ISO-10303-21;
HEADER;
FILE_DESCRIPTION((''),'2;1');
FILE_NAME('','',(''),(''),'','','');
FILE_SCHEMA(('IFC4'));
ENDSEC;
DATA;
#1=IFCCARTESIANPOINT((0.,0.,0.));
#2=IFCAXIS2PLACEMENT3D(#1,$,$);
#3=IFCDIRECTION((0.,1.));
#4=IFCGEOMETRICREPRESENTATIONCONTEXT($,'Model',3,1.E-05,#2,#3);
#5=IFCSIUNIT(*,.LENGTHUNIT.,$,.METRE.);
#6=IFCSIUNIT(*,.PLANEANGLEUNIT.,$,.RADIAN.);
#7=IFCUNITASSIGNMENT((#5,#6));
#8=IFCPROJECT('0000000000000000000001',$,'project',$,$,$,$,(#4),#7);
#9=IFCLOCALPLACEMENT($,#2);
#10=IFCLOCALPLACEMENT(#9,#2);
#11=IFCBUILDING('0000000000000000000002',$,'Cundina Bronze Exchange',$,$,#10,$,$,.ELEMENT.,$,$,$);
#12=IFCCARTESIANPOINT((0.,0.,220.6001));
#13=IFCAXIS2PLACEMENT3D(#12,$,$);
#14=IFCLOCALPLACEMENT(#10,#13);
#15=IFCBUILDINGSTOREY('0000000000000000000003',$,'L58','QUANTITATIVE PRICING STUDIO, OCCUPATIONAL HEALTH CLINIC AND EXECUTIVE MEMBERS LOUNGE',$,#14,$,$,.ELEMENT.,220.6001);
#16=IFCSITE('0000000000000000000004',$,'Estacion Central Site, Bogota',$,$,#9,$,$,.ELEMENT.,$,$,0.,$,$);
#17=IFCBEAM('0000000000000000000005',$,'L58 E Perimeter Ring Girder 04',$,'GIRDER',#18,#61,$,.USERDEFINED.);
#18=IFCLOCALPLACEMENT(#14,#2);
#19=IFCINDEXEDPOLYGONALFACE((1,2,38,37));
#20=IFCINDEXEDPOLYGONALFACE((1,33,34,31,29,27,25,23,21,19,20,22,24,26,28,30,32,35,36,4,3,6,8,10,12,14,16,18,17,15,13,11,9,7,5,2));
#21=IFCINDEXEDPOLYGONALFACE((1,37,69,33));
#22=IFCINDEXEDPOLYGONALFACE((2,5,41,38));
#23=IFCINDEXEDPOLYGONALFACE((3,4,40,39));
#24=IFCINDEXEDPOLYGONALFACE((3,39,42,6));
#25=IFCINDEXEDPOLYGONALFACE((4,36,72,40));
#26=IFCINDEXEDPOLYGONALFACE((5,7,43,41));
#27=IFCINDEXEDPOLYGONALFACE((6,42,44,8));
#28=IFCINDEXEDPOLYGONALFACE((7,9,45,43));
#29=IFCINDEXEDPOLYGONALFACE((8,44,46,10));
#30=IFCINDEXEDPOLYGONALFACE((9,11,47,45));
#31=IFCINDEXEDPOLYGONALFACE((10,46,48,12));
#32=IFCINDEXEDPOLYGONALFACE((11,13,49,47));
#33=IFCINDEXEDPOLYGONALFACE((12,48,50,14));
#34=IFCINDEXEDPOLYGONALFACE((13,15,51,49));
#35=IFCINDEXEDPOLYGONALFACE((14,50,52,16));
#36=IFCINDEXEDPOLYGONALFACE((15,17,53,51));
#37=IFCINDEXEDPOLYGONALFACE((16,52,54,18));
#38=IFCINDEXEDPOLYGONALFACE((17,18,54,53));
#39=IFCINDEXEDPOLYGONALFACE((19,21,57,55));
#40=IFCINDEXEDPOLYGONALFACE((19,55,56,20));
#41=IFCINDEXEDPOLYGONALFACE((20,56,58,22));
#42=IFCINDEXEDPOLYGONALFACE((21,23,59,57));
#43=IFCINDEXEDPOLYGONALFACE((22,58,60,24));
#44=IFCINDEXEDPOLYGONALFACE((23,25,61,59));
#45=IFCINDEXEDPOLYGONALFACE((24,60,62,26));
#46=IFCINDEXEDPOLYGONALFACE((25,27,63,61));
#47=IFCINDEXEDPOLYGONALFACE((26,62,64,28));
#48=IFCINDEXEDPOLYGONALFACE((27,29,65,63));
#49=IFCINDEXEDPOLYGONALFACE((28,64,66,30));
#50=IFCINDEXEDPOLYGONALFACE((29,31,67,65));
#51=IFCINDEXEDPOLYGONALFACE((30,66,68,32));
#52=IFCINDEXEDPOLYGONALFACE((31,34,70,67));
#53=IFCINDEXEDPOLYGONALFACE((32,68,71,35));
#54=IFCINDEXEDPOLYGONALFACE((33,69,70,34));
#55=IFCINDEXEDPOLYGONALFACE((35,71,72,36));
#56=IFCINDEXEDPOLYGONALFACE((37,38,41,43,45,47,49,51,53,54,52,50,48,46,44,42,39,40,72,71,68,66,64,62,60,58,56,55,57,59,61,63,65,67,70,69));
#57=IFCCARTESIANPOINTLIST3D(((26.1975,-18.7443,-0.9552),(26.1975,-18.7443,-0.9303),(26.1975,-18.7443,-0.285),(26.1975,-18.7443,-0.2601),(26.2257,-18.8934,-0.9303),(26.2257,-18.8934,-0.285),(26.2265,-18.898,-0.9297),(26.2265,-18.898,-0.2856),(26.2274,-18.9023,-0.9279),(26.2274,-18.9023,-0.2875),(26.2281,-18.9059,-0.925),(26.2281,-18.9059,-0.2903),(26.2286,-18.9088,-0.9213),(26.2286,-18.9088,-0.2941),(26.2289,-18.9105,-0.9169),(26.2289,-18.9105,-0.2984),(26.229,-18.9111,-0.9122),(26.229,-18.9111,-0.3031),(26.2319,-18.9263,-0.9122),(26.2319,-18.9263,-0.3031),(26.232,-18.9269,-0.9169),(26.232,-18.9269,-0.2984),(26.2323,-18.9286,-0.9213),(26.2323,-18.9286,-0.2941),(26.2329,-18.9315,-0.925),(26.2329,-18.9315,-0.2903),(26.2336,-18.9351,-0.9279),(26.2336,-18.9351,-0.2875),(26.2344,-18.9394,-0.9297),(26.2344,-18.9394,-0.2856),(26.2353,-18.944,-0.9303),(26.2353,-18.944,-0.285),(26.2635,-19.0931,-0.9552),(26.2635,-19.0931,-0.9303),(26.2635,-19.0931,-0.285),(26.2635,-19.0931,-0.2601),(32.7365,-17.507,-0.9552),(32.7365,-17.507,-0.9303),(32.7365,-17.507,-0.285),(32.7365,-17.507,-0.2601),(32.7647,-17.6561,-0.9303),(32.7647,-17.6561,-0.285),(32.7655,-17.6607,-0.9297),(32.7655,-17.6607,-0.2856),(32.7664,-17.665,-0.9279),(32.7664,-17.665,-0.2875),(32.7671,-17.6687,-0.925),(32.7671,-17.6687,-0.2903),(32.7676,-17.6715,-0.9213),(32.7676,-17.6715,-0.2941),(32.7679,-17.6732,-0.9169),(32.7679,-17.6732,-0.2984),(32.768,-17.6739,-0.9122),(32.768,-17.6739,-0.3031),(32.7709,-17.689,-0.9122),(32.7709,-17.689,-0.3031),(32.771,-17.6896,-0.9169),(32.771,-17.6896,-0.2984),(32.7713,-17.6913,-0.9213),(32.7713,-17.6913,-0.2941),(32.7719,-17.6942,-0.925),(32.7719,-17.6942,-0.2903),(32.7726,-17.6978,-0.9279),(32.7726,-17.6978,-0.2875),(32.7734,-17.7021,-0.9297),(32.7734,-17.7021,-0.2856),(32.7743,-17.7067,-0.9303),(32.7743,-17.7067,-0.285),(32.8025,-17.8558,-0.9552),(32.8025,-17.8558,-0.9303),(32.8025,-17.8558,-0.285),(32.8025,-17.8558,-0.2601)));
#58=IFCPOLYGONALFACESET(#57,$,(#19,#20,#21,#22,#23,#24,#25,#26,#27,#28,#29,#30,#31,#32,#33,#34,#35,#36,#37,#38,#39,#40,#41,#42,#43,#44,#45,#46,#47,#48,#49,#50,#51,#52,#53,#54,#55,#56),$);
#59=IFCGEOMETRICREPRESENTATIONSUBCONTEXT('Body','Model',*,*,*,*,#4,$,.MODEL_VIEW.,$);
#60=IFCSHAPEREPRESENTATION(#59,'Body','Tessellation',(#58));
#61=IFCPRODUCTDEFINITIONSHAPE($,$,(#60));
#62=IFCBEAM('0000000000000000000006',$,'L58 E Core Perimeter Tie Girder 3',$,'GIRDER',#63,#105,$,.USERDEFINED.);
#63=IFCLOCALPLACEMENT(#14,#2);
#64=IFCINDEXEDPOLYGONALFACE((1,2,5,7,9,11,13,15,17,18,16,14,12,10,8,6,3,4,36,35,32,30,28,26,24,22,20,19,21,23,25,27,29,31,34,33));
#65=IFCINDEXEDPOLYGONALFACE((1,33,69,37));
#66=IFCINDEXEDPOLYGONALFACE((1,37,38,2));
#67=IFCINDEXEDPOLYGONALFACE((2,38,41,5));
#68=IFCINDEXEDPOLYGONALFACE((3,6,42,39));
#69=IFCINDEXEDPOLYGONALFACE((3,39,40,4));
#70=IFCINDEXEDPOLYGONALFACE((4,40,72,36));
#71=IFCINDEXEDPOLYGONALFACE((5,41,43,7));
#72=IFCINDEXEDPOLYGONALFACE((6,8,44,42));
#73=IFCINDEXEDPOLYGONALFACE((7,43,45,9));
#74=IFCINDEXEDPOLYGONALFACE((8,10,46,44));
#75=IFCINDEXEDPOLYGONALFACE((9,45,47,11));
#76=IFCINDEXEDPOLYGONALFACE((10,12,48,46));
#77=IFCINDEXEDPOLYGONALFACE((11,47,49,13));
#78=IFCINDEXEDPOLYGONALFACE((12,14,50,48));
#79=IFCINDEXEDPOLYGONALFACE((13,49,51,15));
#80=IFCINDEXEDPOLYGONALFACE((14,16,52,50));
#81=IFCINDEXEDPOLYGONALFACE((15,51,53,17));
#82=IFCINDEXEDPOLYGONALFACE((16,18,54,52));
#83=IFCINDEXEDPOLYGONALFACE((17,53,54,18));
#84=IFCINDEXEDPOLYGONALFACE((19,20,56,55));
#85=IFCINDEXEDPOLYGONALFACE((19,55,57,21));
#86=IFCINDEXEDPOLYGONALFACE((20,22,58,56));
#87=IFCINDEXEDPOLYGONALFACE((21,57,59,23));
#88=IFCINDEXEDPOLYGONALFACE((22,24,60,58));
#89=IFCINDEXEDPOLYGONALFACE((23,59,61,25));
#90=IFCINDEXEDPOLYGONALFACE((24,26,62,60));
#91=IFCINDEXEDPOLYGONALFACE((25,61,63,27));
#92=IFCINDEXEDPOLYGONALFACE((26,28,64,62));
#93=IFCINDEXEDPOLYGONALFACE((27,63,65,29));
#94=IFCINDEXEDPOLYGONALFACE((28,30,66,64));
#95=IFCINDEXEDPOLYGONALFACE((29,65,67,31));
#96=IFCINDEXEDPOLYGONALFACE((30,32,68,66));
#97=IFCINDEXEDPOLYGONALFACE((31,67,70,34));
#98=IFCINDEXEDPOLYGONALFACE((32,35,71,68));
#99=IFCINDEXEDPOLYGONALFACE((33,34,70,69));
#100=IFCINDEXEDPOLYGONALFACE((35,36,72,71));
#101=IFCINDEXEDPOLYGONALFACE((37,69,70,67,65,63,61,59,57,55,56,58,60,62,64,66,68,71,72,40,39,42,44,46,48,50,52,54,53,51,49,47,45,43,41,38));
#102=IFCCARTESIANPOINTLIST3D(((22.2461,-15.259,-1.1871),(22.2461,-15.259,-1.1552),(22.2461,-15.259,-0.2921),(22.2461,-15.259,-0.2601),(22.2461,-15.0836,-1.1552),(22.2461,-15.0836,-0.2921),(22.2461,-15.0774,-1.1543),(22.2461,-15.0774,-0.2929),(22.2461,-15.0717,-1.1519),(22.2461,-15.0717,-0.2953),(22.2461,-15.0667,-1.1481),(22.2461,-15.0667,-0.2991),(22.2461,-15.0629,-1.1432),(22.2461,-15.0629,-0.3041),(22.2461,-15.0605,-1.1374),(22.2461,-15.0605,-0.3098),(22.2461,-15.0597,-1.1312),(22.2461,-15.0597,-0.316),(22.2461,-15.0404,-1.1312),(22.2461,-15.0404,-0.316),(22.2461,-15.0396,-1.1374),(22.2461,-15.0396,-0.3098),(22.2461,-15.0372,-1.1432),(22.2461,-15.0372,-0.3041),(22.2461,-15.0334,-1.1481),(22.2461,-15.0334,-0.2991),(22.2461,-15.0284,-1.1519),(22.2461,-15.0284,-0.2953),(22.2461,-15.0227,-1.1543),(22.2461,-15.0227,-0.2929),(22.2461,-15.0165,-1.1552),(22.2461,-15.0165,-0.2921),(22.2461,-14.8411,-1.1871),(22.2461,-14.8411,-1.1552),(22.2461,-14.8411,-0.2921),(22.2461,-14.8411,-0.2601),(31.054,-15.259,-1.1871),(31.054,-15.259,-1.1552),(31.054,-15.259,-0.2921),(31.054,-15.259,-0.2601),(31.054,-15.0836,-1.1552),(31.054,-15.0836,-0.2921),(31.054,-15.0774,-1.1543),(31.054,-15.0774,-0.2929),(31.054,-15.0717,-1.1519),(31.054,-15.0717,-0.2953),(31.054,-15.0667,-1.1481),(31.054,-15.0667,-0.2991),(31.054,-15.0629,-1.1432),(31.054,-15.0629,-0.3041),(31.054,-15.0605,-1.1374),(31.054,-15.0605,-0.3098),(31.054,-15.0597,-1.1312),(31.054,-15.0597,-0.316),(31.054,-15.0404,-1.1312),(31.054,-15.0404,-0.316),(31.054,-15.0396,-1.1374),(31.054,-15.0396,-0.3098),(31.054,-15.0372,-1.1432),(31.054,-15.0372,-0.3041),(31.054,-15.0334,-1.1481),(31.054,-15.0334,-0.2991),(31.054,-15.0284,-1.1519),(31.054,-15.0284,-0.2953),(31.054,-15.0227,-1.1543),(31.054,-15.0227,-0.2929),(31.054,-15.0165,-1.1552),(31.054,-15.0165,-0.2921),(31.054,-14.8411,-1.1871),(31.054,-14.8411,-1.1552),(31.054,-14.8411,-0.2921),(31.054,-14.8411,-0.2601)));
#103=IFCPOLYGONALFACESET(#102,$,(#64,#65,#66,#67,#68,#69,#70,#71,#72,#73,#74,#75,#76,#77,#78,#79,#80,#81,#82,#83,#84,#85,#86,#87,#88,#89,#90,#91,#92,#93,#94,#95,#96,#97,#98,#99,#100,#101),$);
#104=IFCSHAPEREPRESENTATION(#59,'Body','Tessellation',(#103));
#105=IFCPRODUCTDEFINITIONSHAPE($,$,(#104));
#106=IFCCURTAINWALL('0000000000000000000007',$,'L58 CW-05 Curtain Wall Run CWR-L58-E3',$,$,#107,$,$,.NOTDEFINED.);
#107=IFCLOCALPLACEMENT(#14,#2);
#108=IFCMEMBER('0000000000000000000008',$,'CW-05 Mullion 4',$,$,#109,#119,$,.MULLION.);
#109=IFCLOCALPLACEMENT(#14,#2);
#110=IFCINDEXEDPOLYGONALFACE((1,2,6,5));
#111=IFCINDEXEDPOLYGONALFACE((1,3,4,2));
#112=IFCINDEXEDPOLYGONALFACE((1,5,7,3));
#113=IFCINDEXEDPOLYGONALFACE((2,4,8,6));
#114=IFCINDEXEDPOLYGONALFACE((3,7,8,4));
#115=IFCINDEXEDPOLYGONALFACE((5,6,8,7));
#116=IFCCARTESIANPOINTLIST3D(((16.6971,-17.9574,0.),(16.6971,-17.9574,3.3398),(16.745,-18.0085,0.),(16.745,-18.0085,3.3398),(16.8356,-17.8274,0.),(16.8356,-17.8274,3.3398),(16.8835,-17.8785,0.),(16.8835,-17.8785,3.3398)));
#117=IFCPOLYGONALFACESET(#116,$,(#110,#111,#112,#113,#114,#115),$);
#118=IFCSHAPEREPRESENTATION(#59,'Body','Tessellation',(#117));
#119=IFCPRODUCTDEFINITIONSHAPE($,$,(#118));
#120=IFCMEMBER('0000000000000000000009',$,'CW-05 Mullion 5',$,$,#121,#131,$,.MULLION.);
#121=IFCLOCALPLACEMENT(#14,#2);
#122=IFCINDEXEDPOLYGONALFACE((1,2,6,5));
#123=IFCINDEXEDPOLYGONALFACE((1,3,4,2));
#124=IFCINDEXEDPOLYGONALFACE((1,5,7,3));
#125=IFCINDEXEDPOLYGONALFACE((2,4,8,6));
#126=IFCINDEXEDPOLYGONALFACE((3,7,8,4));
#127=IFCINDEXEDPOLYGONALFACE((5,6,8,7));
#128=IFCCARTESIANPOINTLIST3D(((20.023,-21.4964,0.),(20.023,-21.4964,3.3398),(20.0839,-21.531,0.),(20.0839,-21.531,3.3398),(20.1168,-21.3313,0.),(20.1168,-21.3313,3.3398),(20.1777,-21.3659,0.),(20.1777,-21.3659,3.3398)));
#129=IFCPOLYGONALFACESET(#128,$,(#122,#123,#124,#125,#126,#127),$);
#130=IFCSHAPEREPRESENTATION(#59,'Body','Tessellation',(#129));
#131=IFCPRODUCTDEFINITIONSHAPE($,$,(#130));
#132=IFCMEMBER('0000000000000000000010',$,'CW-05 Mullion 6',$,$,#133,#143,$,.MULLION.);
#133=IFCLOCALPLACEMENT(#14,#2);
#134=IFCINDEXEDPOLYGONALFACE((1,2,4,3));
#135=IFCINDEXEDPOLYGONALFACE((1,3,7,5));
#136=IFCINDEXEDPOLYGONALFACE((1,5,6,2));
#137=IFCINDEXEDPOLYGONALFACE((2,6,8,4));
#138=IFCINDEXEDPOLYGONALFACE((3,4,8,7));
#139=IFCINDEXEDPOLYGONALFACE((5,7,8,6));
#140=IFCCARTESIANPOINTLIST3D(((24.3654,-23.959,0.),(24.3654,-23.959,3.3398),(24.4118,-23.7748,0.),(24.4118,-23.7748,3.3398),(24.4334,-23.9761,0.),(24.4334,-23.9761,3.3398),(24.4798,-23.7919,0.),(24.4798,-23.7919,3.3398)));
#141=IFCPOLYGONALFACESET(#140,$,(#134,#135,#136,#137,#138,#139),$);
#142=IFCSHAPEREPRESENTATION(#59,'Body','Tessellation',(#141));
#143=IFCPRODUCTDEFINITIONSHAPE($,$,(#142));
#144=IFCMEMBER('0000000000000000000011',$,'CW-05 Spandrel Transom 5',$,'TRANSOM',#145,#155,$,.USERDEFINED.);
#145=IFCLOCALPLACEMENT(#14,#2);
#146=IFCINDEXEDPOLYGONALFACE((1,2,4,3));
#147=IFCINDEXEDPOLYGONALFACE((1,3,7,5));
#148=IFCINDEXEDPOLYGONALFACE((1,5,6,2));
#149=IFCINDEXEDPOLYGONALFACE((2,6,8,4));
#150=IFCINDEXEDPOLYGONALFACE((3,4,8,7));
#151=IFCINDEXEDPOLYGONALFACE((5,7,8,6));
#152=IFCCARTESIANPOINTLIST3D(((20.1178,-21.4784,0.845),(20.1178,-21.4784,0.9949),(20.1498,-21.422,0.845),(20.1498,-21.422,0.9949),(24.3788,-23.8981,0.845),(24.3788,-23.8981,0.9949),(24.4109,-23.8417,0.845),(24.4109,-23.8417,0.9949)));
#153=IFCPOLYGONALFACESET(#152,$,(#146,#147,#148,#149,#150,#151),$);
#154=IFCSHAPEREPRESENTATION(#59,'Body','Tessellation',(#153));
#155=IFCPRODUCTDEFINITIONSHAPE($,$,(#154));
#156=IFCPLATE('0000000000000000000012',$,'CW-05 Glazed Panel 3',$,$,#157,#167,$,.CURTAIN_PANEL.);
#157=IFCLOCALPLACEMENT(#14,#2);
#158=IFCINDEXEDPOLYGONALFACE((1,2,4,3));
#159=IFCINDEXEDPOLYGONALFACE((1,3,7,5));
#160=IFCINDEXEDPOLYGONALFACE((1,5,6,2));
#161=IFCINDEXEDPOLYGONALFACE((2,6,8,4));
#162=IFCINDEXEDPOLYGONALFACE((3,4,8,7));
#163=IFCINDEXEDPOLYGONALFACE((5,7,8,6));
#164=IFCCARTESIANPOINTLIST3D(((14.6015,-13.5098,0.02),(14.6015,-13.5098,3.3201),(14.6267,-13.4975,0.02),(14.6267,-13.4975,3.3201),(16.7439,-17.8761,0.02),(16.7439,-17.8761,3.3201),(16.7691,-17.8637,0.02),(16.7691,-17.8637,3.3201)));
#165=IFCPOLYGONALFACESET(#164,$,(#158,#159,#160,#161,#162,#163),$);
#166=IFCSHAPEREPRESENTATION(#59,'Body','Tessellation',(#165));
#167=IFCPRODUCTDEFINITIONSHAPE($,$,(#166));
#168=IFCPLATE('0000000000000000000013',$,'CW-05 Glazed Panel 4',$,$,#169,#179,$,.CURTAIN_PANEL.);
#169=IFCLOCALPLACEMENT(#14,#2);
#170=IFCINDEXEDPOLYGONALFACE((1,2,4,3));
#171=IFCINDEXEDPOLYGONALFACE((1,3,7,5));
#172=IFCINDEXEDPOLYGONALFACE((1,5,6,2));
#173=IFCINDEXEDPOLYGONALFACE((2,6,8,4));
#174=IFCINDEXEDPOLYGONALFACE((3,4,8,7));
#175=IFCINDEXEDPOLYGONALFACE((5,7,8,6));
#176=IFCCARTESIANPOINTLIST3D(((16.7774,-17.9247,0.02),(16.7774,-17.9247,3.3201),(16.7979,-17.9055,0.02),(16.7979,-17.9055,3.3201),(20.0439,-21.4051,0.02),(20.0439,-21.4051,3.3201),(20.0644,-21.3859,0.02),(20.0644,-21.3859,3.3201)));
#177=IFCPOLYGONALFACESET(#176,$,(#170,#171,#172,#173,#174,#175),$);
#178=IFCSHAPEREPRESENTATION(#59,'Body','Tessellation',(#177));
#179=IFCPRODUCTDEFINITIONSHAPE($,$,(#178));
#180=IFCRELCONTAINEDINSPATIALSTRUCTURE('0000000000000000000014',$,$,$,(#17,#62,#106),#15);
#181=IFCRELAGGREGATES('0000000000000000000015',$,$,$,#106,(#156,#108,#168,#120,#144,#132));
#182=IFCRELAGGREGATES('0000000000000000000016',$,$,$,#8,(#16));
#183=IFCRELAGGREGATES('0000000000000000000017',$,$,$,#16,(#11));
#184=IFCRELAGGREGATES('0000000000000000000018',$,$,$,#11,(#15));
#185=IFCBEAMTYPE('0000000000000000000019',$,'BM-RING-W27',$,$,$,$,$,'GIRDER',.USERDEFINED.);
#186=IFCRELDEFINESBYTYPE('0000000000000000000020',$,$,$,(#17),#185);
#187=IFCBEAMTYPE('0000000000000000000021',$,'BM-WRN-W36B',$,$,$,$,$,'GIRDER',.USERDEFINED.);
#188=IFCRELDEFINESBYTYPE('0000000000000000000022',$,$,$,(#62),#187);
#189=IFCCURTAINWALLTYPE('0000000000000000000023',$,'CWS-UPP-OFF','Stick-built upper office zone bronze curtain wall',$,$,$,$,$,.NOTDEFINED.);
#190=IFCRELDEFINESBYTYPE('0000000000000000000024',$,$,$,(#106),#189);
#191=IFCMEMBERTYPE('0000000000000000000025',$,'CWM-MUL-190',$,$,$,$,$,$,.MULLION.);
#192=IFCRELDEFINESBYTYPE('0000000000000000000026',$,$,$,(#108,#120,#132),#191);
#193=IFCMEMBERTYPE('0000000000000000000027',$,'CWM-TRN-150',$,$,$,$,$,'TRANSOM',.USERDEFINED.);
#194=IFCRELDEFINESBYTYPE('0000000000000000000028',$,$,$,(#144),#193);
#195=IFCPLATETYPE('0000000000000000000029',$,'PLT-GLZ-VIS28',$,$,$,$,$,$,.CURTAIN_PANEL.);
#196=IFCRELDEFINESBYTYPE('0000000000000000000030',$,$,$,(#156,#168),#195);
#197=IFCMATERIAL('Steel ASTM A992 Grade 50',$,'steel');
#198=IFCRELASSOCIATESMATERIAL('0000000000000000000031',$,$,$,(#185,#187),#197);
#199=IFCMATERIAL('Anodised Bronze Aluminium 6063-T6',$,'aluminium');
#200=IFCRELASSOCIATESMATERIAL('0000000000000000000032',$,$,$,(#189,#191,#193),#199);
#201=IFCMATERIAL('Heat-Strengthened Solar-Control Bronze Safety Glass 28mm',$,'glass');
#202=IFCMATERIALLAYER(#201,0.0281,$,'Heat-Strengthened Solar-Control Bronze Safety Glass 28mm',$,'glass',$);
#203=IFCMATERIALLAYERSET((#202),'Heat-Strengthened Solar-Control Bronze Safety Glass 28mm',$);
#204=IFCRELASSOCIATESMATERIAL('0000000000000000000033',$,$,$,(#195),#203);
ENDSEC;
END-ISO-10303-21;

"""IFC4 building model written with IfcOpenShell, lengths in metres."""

from ifc_helpers import new_model, si_unit, direction, frame, origin, origin_2d, place, context, subcontext, project, spatial, rectangle, i_section, extrude, material, layer, layer_set, material_profile, profile_set, type_object, element, aggregate, save


model = new_model("IFC4")

# Units and contexts
model_context = context("Model", 3, precision=1e-05, world=origin(), true_north=direction((0.0, 1.0)))
body_context = subcontext(model_context, "Body", "Model", "MODEL_VIEW")
ifc_project = project(units=[si_unit("LENGTHUNIT", "METRE"), si_unit("PLANEANGLEUNIT", "RADIAN")], contexts=[model_context])

# Site, building, storey
site_placement = place(None, origin())
site = spatial("IfcSite", under=ifc_project, at=site_placement, Name="Estacion Central Site, Bogota", CompositionType="ELEMENT", RefElevation=0.0)
building_placement = place(site_placement, origin())
building = spatial("IfcBuilding", under=site, at=building_placement, Name="Cundina Bronze Exchange", CompositionType="ELEMENT")
storey_placement = place(building_placement, frame((0.0, 0.0, 220.6001)))
storey = spatial("IfcBuildingStorey", under=building, at=storey_placement, Name="L58", Description="QUANTITATIVE PRICING STUDIO, OCCUPATIONAL HEALTH CLINIC AND EXECUTIVE MEMBERS LOUNGE", CompositionType="ELEMENT", Elevation=220.6001)

# Shared definitions
ifc_material_1 = material(Name="Steel ASTM A992 Grade 50", Category="steel")

# Beams
ifc_material_profile_1 = material_profile(ifc_material_1, i_section(OverallWidth=0.355, OverallDepth=0.6951, WebThickness=0.0154, FlangeThickness=0.0249, FilletRadius=0.0181, at=origin_2d()), Name="W27X146", Category="steel")
ifc_profile_set_1 = profile_set([ifc_material_profile_1], Name="Steel ASTM A992 Grade 50")
beam_type_1 = type_object("IfcBeamType", Name="BM-RING-W27", ElementType="GIRDER", PredefinedType="USERDEFINED", material=ifc_profile_set_1)
beam_1_placement = place(storey_placement, frame((26.2305, -18.9187, -0.6077), z_axis=(0.982565, 0.185918, 0.0), x_axis=(-0.185918, 0.982565, 0.0)))
element("IfcBeam", 1, at=beam_1_placement, inside=storey, type_object=beam_type_1, Name="L58 E Perimeter Ring Girder 04", ObjectType="GIRDER", PredefinedType="USERDEFINED", context=body_context, shape_type="SweptSolid", body=[
    extrude(i_section(OverallWidth=0.355, OverallDepth=0.6951, WebThickness=0.0154, FlangeThickness=0.0249, FilletRadius=0.0181, at=origin_2d()), origin(), (0.0, 0.0, 1.0), 6.655),
])
ifc_material_profile_2 = material_profile(ifc_material_1, i_section(OverallWidth=0.418, OverallDepth=0.927, WebThickness=0.0193, FlangeThickness=0.032, FilletRadius=0.0239, at=origin_2d()), Name="W36X231", Category="steel")
ifc_profile_set_2 = profile_set([ifc_material_profile_2], Name="Steel ASTM A992 Grade 50")
beam_type_2 = type_object("IfcBeamType", Name="BM-WRN-W36B", ElementType="GIRDER", PredefinedType="USERDEFINED", material=ifc_profile_set_2)
beam_2_placement = place(storey_placement, frame((22.2461, -15.05, -0.7236), z_axis=(1.0, 0.0, 0.0), x_axis=(0.0, 1.0, 0.0)))
element("IfcBeam", 2, at=beam_2_placement, inside=storey, type_object=beam_type_2, Name="L58 E Core Perimeter Tie Girder 3", ObjectType="GIRDER", PredefinedType="USERDEFINED", context=body_context, shape_type="SweptSolid", body=[
    extrude(i_section(OverallWidth=0.418, OverallDepth=0.927, WebThickness=0.0193, FlangeThickness=0.032, FilletRadius=0.0239, at=origin_2d()), origin(), (0.0, 0.0, 1.0), 8.8079),
])

# Curtain wall, members, plates
ifc_material_2 = material(Name="Anodised Bronze Aluminium 6063-T6", Category="aluminium")
curtain_wall_type = type_object("IfcCurtainWallType", Name="CWS-UPP-OFF", Description="Stick-built upper office zone bronze curtain wall", PredefinedType="NOTDEFINED", material=ifc_material_2)
curtain_wall_placement = place(storey_placement, origin())
curtain_wall = element("IfcCurtainWall", 3, at=curtain_wall_placement, inside=storey, type_object=curtain_wall_type, Name="L58 CW-05 Curtain Wall Run CWR-L58-E3", PredefinedType="NOTDEFINED")
ifc_material_profile_3 = material_profile(ifc_material_2, rectangle(XDim=0.0701, YDim=0.1899, at=origin_2d()), Name="AL70X190", Category="aluminium")
ifc_profile_set_3 = profile_set([ifc_material_profile_3], Name="Anodised Bronze Aluminium 6063-T6")
member_type_1 = type_object("IfcMemberType", Name="CWM-MUL-190", PredefinedType="MULLION", material=ifc_profile_set_3)
member_1_placement = place(storey_placement, frame((16.7903, -17.918, 0.0), z_axis=(0.0, 0.0, 1.0), x_axis=(0.684293, -0.729208, 0.0)))
member_1 = element("IfcMember", 4, at=member_1_placement, type_object=member_type_1, Name="CW-05 Mullion 4", PredefinedType="MULLION", context=body_context, shape_type="SweptSolid", body=[
    extrude(rectangle(XDim=0.0701, YDim=0.1899, at=origin_2d()), origin(), (0.0, 0.0, 1.0), 3.3398),
])
member_2_placement = place(storey_placement, frame((20.1003, -21.4312, 0.0), z_axis=(0.0, 0.0, 1.0), x_axis=(0.869581, -0.49379, 0.0)))
member_2 = element("IfcMember", 5, at=member_2_placement, type_object=member_type_1, Name="CW-05 Mullion 5", PredefinedType="MULLION", context=body_context, shape_type="SweptSolid", body=[
    extrude(rectangle(XDim=0.0701, YDim=0.1899, at=origin_2d()), origin(), (0.0, 0.0, 1.0), 3.3398),
])
member_3_placement = place(storey_placement, frame((24.4226, -23.8755, 0.0), z_axis=(0.0, 0.0, 1.0), x_axis=(0.969744, -0.244123, 0.0)))
member_3 = element("IfcMember", 6, at=member_3_placement, type_object=member_type_1, Name="CW-05 Mullion 6", PredefinedType="MULLION", context=body_context, shape_type="SweptSolid", body=[
    extrude(rectangle(XDim=0.0701, YDim=0.1899, at=origin_2d()), origin(), (0.0, 0.0, 1.0), 3.3398),
])
ifc_material_profile_4 = material_profile(ifc_material_2, rectangle(XDim=0.0649, YDim=0.1499, at=origin_2d()), Name="AL65X150", Category="aluminium")
ifc_profile_set_4 = profile_set([ifc_material_profile_4], Name="Anodised Bronze Aluminium 6063-T6")
member_type_2 = type_object("IfcMemberType", Name="CWM-TRN-150", ElementType="TRANSOM", PredefinedType="USERDEFINED", material=ifc_profile_set_4)
member_4_placement = place(storey_placement, frame((20.1338, -21.4502, 0.9199), z_axis=(0.869574, -0.493803, 0.0), x_axis=(0.493803, 0.869574, 0.0)))
member_4 = element("IfcMember", 7, at=member_4_placement, type_object=member_type_2, Name="CW-05 Spandrel Transom 5", ObjectType="TRANSOM", PredefinedType="USERDEFINED", context=body_context, shape_type="SweptSolid", body=[
    extrude(rectangle(XDim=0.0649, YDim=0.1499, at=origin_2d()), origin(), (0.0, 0.0, 1.0), 4.9001),
])
ifc_material_3 = material(Name="Heat-Strengthened Solar-Control Bronze Safety Glass 28mm", Category="glass")
ifc_layer_1 = layer(ifc_material_3, 0.0281, Name="Heat-Strengthened Solar-Control Bronze Safety Glass 28mm", Category="glass")
ifc_layer_set_1 = layer_set([ifc_layer_1], Name="Heat-Strengthened Solar-Control Bronze Safety Glass 28mm")
plate_type_1 = type_object("IfcPlateType", Name="PLT-GLZ-VIS28", PredefinedType="CURTAIN_PANEL", material=ifc_layer_set_1)
plate_1_placement = place(storey_placement, frame((15.6853, -15.6868, 0.02), z_axis=(0.0, 0.0, 1.0), x_axis=(0.440503, -0.897751, 0.0)))
plate_1 = element("IfcPlate", 8, at=plate_1_placement, type_object=plate_type_1, Name="CW-05 Glazed Panel 3", PredefinedType="CURTAIN_PANEL", context=body_context, shape_type="SweptSolid", body=[
    extrude(rectangle(XDim=4.8635, YDim=0.0281, at=origin_2d()), origin(), (0.0, 0.0, 1.0), 3.3),
])
plate_2_placement = place(storey_placement, frame((18.4209, -19.6553, 0.02), z_axis=(0.0, 0.0, 1.0), x_axis=(0.684344, -0.72916, 0.0)))
plate_2 = element("IfcPlate", 9, at=plate_2_placement, type_object=plate_type_1, Name="CW-05 Glazed Panel 4", PredefinedType="CURTAIN_PANEL", context=body_context, shape_type="SweptSolid", body=[
    extrude(rectangle(XDim=4.7732, YDim=0.0281, at=origin_2d()), origin(), (0.0, 0.0, 1.0), 3.3),
])
aggregate(curtain_wall, [plate_1, member_1, plate_2, member_2, member_4, member_3])

save(model, "model.ifc")
